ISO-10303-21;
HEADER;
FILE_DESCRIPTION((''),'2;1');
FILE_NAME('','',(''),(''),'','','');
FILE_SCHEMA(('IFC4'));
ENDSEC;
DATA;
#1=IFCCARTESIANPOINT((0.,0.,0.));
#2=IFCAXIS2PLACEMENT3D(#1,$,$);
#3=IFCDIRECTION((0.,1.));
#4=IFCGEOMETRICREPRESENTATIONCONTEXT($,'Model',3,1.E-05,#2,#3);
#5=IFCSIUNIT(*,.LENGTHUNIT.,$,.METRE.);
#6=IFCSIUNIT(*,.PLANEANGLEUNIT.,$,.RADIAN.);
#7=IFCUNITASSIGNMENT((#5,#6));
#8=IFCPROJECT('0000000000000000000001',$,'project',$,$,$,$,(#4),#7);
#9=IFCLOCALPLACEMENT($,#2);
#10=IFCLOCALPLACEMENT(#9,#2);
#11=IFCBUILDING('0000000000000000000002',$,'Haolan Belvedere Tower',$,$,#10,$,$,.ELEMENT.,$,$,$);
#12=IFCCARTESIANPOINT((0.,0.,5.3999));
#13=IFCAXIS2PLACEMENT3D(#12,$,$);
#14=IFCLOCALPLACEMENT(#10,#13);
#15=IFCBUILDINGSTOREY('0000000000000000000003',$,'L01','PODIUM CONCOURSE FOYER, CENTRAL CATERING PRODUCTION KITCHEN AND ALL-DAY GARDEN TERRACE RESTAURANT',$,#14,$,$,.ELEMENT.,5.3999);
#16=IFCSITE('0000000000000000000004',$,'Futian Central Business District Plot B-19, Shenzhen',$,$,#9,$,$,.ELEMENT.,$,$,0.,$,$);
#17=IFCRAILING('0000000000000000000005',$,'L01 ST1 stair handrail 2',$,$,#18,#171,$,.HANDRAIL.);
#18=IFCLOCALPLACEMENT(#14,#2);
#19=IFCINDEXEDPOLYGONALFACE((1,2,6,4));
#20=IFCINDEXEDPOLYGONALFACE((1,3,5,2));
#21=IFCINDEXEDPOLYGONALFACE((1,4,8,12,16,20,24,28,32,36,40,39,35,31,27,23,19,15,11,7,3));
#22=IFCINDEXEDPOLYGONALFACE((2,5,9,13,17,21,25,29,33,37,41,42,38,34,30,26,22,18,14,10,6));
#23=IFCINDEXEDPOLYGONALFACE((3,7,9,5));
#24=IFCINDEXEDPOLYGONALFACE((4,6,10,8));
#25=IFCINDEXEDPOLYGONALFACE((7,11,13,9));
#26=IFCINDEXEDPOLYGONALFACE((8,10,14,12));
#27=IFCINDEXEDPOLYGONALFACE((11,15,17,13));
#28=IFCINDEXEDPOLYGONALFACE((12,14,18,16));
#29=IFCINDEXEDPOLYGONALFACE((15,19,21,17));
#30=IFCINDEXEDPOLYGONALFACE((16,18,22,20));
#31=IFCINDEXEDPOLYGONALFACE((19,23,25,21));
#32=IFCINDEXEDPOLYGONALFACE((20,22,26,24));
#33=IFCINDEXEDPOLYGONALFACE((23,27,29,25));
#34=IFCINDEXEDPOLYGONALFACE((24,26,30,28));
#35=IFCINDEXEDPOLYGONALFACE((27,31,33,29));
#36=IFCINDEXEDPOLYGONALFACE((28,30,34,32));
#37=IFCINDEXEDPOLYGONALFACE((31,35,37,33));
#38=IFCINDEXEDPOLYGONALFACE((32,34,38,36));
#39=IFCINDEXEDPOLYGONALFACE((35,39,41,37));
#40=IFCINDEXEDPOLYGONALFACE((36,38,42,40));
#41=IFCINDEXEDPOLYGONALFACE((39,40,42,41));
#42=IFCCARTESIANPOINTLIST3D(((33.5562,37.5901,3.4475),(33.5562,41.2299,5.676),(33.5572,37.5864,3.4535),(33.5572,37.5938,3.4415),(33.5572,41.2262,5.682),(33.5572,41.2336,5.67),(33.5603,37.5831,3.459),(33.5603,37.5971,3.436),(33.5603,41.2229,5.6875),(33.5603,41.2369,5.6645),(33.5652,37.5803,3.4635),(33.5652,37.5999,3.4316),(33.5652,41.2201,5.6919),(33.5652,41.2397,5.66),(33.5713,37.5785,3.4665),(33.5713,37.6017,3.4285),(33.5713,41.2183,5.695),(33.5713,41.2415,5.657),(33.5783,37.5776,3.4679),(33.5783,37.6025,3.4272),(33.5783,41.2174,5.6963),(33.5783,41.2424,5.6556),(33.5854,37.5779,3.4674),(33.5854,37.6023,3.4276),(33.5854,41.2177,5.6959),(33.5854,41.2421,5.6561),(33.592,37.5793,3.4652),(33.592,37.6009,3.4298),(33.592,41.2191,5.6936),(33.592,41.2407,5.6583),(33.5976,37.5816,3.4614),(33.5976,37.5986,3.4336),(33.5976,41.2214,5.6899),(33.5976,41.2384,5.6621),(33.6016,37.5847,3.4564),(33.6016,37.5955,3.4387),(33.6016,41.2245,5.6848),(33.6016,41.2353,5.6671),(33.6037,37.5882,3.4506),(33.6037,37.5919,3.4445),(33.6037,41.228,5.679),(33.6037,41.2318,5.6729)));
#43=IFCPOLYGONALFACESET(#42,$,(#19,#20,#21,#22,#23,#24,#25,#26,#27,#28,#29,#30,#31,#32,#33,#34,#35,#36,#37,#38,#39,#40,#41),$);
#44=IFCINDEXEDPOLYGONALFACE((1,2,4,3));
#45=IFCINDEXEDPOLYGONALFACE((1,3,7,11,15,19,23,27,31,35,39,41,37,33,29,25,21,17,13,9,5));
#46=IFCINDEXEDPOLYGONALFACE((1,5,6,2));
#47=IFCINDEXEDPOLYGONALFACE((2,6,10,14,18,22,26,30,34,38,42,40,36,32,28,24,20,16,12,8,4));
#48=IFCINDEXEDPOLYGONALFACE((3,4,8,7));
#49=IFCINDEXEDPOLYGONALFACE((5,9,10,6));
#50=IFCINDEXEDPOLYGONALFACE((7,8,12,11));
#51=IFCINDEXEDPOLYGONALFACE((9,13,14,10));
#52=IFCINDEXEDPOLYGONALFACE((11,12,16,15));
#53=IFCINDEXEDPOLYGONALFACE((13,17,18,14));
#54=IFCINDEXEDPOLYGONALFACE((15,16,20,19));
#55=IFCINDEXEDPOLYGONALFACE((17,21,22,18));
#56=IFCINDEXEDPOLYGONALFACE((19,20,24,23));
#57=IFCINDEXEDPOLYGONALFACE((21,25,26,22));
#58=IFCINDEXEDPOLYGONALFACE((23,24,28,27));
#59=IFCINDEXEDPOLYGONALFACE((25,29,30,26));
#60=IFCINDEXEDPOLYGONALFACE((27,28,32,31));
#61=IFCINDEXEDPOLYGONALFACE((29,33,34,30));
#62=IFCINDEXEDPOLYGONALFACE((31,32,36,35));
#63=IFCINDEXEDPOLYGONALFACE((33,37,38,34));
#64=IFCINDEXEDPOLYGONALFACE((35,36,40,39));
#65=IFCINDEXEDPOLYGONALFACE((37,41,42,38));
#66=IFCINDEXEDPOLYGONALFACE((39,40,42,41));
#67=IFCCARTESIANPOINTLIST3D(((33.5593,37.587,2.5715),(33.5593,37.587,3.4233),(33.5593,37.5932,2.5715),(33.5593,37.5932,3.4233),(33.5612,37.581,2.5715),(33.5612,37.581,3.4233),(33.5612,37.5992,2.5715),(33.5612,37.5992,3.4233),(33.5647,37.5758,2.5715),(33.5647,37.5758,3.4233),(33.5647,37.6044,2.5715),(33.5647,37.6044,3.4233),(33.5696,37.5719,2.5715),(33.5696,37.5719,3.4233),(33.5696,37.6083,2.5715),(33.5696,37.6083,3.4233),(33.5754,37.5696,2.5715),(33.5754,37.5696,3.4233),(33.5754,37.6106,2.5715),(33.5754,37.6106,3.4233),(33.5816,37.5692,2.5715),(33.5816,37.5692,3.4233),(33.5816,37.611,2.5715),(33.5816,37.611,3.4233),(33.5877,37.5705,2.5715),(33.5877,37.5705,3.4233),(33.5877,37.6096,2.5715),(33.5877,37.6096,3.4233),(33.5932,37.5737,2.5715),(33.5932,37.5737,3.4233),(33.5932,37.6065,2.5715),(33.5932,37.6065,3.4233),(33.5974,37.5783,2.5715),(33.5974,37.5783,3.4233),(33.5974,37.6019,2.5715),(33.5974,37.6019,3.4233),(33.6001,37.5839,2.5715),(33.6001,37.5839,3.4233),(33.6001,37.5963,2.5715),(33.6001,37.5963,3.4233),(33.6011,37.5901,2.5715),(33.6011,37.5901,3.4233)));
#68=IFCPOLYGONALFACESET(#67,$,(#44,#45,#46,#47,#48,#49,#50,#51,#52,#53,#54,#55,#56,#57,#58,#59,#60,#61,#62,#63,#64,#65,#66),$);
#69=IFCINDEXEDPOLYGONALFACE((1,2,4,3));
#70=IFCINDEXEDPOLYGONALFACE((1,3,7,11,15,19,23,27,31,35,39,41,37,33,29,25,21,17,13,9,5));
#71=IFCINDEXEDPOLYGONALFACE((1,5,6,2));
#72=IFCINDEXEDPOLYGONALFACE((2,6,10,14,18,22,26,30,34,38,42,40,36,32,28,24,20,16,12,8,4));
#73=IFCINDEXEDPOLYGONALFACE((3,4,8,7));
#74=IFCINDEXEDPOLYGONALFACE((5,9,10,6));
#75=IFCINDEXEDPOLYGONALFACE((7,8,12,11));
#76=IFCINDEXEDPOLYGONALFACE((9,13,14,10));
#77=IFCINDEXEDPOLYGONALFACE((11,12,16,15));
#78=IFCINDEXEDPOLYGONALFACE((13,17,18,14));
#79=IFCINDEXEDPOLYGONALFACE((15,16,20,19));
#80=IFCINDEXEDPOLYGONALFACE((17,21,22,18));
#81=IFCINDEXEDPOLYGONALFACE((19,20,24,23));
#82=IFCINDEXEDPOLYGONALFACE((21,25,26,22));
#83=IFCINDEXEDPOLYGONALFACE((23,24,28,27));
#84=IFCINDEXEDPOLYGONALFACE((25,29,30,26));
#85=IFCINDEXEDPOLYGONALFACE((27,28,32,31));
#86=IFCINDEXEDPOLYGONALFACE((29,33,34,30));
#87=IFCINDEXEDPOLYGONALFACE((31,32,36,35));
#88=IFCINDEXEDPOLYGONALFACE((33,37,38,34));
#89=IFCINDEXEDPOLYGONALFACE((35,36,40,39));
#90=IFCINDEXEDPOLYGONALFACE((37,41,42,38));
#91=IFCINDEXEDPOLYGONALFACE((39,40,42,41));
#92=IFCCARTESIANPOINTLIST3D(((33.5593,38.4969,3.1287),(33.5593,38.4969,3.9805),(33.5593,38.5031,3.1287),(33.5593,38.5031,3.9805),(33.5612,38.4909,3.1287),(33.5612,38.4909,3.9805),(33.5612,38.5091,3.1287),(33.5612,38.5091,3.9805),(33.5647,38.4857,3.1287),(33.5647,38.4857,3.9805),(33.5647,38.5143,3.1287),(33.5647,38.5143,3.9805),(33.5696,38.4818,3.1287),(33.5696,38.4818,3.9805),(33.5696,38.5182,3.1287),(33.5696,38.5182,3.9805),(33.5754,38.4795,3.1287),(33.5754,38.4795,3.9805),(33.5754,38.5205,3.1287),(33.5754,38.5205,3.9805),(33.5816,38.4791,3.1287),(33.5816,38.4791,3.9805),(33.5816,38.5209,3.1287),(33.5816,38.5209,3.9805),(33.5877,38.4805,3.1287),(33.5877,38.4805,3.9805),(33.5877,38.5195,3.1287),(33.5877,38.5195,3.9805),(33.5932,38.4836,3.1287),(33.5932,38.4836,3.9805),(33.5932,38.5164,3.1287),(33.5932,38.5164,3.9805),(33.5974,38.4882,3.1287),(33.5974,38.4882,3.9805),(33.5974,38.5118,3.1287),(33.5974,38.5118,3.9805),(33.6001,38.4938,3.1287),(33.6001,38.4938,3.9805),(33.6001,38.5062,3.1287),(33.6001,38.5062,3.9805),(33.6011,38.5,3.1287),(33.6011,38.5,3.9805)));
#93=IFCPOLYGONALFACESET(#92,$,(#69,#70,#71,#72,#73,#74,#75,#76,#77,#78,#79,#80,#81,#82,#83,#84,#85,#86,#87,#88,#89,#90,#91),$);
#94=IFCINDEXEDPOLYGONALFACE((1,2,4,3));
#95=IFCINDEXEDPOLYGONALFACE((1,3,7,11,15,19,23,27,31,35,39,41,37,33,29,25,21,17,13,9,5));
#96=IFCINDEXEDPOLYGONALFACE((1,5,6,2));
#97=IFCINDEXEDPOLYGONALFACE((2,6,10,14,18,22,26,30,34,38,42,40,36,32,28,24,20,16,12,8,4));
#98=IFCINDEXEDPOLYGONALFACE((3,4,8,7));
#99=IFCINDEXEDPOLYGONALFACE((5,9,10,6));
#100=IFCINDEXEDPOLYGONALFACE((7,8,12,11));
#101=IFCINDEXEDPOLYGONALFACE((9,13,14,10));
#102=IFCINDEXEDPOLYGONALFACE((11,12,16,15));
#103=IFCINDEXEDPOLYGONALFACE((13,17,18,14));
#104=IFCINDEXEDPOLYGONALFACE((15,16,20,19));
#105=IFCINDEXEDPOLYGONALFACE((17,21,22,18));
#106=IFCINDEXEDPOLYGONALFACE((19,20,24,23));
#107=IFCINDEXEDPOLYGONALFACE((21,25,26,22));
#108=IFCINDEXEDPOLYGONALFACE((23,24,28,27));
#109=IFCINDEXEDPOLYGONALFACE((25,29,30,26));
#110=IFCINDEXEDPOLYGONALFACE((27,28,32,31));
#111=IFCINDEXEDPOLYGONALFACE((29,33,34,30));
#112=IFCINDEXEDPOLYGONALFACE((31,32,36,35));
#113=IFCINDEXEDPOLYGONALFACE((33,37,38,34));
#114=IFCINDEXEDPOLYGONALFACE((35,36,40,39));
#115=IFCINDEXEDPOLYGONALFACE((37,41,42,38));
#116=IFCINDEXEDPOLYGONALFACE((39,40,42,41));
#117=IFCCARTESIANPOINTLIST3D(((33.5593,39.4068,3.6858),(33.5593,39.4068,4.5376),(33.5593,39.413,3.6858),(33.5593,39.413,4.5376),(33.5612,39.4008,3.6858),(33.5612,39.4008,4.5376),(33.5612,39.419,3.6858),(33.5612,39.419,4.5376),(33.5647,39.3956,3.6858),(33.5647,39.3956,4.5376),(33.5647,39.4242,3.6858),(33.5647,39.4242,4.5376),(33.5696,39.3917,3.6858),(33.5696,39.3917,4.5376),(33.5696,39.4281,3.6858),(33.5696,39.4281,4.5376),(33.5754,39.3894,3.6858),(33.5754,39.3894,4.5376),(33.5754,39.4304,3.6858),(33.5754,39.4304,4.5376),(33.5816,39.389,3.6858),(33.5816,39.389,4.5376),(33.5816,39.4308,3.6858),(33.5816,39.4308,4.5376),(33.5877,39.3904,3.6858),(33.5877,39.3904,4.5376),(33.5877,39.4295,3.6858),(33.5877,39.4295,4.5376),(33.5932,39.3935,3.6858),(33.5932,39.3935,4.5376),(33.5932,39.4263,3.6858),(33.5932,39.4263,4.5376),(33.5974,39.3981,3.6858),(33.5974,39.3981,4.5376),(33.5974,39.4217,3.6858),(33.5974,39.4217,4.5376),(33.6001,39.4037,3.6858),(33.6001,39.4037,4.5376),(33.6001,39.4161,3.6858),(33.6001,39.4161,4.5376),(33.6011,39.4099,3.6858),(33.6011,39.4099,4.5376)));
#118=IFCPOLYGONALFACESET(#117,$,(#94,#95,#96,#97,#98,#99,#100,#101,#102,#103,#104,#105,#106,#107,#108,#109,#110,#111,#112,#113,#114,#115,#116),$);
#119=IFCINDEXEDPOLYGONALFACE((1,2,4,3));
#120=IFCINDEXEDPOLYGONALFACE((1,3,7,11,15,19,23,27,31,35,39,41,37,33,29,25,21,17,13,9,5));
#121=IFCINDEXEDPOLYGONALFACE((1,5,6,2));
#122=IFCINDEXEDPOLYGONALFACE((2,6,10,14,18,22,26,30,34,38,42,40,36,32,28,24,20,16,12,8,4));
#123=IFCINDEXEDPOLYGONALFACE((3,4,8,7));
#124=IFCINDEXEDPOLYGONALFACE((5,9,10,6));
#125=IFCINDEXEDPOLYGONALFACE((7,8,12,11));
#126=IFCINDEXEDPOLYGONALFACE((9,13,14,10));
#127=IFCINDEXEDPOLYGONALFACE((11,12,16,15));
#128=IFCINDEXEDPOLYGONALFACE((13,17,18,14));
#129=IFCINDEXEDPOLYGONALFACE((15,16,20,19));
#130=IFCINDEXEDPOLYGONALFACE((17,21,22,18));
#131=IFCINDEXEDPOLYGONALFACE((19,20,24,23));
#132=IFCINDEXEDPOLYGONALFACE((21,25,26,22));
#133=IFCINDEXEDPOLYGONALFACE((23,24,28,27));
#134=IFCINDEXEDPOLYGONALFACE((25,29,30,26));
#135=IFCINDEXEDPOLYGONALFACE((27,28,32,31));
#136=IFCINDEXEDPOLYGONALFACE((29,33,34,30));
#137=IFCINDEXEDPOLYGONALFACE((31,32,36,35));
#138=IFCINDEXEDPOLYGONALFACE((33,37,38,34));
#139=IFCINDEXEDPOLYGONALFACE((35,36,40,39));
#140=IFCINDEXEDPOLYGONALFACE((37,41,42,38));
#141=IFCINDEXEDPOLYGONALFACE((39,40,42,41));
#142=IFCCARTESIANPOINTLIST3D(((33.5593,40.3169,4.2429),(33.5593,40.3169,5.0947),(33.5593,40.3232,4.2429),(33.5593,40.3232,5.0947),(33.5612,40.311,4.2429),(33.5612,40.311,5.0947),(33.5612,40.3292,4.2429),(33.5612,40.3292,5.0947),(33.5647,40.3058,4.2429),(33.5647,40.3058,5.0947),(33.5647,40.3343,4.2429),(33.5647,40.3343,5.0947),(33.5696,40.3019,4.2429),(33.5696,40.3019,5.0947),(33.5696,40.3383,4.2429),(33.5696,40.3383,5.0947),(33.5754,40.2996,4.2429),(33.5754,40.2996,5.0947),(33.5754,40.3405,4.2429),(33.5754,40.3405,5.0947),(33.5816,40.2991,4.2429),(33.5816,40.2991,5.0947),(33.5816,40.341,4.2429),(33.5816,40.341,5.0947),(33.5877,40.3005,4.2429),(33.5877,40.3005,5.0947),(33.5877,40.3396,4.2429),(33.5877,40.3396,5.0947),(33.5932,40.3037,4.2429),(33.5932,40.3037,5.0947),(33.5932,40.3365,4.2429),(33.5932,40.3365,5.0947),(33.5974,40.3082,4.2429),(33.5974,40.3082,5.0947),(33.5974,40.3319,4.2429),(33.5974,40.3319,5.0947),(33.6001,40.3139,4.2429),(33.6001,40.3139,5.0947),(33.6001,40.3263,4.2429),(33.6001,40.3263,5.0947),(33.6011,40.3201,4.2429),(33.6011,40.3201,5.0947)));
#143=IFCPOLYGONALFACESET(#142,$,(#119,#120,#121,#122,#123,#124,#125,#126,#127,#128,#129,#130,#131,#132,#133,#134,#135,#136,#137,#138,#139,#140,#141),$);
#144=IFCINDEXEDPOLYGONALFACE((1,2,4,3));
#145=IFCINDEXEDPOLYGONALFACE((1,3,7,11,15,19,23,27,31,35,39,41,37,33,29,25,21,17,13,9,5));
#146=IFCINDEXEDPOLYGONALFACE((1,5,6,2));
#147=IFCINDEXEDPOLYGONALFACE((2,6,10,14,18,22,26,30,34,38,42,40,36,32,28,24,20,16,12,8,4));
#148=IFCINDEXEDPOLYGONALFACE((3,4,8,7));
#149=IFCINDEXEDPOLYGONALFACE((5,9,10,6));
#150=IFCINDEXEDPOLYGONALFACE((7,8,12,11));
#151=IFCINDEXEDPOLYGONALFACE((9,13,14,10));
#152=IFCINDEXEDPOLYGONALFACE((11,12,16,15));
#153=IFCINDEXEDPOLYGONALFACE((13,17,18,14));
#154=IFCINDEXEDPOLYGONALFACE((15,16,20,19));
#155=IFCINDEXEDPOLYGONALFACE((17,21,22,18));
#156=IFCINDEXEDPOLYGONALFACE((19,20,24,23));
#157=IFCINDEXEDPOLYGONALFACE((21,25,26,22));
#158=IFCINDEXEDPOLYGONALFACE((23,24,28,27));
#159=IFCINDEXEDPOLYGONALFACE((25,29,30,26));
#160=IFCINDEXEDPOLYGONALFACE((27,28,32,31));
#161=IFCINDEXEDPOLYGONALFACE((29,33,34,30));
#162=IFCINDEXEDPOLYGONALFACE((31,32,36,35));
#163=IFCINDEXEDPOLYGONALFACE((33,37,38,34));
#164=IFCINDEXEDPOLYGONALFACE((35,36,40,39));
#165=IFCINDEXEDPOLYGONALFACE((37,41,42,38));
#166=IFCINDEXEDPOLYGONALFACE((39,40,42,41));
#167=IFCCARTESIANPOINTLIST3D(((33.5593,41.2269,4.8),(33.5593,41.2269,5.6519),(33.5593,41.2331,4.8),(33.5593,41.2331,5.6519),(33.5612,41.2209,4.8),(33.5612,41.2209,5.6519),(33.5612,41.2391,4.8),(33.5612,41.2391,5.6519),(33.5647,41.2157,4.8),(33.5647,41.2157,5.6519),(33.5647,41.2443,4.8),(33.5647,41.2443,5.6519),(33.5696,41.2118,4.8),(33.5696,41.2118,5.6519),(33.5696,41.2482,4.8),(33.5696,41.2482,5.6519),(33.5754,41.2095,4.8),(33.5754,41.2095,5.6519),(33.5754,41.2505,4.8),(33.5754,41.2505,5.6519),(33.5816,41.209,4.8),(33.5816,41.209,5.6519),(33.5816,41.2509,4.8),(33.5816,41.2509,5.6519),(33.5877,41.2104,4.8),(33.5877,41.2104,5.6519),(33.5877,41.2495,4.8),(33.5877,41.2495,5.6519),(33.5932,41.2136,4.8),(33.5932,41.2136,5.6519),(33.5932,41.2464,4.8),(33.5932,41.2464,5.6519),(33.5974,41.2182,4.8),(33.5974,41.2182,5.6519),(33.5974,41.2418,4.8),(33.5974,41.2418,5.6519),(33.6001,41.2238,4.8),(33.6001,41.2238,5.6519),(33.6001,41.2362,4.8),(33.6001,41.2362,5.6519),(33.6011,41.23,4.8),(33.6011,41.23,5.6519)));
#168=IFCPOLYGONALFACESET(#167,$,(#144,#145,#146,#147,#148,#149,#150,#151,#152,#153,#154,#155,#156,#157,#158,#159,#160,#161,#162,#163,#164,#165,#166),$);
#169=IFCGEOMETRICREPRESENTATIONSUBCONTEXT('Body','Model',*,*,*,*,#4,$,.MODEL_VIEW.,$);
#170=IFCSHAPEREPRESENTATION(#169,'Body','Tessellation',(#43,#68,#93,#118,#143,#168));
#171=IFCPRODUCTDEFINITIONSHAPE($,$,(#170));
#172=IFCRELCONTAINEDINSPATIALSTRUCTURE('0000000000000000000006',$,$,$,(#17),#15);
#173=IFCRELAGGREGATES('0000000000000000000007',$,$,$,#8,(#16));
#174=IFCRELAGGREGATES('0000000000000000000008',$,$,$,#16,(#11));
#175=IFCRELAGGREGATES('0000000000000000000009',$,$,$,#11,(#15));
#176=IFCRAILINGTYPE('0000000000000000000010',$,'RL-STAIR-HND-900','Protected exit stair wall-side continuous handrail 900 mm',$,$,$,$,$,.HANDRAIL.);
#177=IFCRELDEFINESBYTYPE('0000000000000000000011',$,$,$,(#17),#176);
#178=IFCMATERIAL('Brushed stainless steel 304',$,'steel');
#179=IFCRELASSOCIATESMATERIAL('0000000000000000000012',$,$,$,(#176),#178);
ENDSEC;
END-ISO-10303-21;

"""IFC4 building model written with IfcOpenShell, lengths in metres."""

from ifc_helpers import new_model, si_unit, direction, frame, origin, origin_2d, place, context, subcontext, project, spatial, circle, extrude, material, type_object, element, save


model = new_model("IFC4")

# Units and contexts
model_context = context("Model", 3, precision=1e-05, world=origin(), true_north=direction((0.0, 1.0)))
body_context = subcontext(model_context, "Body", "Model", "MODEL_VIEW")
ifc_project = project(units=[si_unit("LENGTHUNIT", "METRE"), si_unit("PLANEANGLEUNIT", "RADIAN")], contexts=[model_context])

# Site, building, storey
site_placement = place(None, origin())
site = spatial("IfcSite", under=ifc_project, at=site_placement, Name="Futian Central Business District Plot B-19, Shenzhen", CompositionType="ELEMENT", RefElevation=0.0)
building_placement = place(site_placement, origin())
building = spatial("IfcBuilding", under=site, at=building_placement, Name="Haolan Belvedere Tower", CompositionType="ELEMENT")
storey_placement = place(building_placement, frame((0.0, 0.0, 5.3999)))
storey = spatial("IfcBuildingStorey", under=building, at=storey_placement, Name="L01", Description="PODIUM CONCOURSE FOYER, CENTRAL CATERING PRODUCTION KITCHEN AND ALL-DAY GARDEN TERRACE RESTAURANT", CompositionType="ELEMENT", Elevation=5.3999)

# Railing
ifc_material_1 = material(Name="Brushed stainless steel 304", Category="steel")
railing_type_1 = type_object("IfcRailingType", Name="RL-STAIR-HND-900", Description="Protected exit stair wall-side continuous handrail 900 mm", PredefinedType="HANDRAIL", material=ifc_material_1)
railing_1_placement = place(storey_placement, frame((33.5801, 37.5901, 2.5715)))
element("IfcRailing", 1, at=railing_1_placement, inside=storey, type_object=railing_type_1, Name="L01 ST1 stair handrail 2", PredefinedType="HANDRAIL", context=body_context, shape_type="SweptSolid", body=[
    extrude(circle(Radius=0.0239, at=origin_2d()), frame((0.0, 0.0, 0.876), z_axis=(0.0, 0.85285, 0.522156), x_axis=(-1.0, 0.0, 0.0)), (0.0, 0.0, 1.0), 4.2678),
    extrude(circle(Radius=0.021, at=origin_2d()), origin(), (0.0, 0.0, 1.0), 0.8518),
    extrude(circle(Radius=0.021, at=origin_2d()), frame((0.0, 0.9099, 0.5571)), (0.0, 0.0, 1.0), 0.8518),
    extrude(circle(Radius=0.021, at=origin_2d()), frame((0.0, 1.8198, 1.1143)), (0.0, 0.0, 1.0), 0.8518),
    extrude(circle(Radius=0.021, at=origin_2d()), frame((0.0, 2.73, 1.6714)), (0.0, 0.0, 1.0), 0.8518),
    extrude(circle(Radius=0.021, at=origin_2d()), frame((0.0, 3.6399, 2.2285)), (0.0, 0.0, 1.0), 0.8518),
])

save(model, "model.ifc")
